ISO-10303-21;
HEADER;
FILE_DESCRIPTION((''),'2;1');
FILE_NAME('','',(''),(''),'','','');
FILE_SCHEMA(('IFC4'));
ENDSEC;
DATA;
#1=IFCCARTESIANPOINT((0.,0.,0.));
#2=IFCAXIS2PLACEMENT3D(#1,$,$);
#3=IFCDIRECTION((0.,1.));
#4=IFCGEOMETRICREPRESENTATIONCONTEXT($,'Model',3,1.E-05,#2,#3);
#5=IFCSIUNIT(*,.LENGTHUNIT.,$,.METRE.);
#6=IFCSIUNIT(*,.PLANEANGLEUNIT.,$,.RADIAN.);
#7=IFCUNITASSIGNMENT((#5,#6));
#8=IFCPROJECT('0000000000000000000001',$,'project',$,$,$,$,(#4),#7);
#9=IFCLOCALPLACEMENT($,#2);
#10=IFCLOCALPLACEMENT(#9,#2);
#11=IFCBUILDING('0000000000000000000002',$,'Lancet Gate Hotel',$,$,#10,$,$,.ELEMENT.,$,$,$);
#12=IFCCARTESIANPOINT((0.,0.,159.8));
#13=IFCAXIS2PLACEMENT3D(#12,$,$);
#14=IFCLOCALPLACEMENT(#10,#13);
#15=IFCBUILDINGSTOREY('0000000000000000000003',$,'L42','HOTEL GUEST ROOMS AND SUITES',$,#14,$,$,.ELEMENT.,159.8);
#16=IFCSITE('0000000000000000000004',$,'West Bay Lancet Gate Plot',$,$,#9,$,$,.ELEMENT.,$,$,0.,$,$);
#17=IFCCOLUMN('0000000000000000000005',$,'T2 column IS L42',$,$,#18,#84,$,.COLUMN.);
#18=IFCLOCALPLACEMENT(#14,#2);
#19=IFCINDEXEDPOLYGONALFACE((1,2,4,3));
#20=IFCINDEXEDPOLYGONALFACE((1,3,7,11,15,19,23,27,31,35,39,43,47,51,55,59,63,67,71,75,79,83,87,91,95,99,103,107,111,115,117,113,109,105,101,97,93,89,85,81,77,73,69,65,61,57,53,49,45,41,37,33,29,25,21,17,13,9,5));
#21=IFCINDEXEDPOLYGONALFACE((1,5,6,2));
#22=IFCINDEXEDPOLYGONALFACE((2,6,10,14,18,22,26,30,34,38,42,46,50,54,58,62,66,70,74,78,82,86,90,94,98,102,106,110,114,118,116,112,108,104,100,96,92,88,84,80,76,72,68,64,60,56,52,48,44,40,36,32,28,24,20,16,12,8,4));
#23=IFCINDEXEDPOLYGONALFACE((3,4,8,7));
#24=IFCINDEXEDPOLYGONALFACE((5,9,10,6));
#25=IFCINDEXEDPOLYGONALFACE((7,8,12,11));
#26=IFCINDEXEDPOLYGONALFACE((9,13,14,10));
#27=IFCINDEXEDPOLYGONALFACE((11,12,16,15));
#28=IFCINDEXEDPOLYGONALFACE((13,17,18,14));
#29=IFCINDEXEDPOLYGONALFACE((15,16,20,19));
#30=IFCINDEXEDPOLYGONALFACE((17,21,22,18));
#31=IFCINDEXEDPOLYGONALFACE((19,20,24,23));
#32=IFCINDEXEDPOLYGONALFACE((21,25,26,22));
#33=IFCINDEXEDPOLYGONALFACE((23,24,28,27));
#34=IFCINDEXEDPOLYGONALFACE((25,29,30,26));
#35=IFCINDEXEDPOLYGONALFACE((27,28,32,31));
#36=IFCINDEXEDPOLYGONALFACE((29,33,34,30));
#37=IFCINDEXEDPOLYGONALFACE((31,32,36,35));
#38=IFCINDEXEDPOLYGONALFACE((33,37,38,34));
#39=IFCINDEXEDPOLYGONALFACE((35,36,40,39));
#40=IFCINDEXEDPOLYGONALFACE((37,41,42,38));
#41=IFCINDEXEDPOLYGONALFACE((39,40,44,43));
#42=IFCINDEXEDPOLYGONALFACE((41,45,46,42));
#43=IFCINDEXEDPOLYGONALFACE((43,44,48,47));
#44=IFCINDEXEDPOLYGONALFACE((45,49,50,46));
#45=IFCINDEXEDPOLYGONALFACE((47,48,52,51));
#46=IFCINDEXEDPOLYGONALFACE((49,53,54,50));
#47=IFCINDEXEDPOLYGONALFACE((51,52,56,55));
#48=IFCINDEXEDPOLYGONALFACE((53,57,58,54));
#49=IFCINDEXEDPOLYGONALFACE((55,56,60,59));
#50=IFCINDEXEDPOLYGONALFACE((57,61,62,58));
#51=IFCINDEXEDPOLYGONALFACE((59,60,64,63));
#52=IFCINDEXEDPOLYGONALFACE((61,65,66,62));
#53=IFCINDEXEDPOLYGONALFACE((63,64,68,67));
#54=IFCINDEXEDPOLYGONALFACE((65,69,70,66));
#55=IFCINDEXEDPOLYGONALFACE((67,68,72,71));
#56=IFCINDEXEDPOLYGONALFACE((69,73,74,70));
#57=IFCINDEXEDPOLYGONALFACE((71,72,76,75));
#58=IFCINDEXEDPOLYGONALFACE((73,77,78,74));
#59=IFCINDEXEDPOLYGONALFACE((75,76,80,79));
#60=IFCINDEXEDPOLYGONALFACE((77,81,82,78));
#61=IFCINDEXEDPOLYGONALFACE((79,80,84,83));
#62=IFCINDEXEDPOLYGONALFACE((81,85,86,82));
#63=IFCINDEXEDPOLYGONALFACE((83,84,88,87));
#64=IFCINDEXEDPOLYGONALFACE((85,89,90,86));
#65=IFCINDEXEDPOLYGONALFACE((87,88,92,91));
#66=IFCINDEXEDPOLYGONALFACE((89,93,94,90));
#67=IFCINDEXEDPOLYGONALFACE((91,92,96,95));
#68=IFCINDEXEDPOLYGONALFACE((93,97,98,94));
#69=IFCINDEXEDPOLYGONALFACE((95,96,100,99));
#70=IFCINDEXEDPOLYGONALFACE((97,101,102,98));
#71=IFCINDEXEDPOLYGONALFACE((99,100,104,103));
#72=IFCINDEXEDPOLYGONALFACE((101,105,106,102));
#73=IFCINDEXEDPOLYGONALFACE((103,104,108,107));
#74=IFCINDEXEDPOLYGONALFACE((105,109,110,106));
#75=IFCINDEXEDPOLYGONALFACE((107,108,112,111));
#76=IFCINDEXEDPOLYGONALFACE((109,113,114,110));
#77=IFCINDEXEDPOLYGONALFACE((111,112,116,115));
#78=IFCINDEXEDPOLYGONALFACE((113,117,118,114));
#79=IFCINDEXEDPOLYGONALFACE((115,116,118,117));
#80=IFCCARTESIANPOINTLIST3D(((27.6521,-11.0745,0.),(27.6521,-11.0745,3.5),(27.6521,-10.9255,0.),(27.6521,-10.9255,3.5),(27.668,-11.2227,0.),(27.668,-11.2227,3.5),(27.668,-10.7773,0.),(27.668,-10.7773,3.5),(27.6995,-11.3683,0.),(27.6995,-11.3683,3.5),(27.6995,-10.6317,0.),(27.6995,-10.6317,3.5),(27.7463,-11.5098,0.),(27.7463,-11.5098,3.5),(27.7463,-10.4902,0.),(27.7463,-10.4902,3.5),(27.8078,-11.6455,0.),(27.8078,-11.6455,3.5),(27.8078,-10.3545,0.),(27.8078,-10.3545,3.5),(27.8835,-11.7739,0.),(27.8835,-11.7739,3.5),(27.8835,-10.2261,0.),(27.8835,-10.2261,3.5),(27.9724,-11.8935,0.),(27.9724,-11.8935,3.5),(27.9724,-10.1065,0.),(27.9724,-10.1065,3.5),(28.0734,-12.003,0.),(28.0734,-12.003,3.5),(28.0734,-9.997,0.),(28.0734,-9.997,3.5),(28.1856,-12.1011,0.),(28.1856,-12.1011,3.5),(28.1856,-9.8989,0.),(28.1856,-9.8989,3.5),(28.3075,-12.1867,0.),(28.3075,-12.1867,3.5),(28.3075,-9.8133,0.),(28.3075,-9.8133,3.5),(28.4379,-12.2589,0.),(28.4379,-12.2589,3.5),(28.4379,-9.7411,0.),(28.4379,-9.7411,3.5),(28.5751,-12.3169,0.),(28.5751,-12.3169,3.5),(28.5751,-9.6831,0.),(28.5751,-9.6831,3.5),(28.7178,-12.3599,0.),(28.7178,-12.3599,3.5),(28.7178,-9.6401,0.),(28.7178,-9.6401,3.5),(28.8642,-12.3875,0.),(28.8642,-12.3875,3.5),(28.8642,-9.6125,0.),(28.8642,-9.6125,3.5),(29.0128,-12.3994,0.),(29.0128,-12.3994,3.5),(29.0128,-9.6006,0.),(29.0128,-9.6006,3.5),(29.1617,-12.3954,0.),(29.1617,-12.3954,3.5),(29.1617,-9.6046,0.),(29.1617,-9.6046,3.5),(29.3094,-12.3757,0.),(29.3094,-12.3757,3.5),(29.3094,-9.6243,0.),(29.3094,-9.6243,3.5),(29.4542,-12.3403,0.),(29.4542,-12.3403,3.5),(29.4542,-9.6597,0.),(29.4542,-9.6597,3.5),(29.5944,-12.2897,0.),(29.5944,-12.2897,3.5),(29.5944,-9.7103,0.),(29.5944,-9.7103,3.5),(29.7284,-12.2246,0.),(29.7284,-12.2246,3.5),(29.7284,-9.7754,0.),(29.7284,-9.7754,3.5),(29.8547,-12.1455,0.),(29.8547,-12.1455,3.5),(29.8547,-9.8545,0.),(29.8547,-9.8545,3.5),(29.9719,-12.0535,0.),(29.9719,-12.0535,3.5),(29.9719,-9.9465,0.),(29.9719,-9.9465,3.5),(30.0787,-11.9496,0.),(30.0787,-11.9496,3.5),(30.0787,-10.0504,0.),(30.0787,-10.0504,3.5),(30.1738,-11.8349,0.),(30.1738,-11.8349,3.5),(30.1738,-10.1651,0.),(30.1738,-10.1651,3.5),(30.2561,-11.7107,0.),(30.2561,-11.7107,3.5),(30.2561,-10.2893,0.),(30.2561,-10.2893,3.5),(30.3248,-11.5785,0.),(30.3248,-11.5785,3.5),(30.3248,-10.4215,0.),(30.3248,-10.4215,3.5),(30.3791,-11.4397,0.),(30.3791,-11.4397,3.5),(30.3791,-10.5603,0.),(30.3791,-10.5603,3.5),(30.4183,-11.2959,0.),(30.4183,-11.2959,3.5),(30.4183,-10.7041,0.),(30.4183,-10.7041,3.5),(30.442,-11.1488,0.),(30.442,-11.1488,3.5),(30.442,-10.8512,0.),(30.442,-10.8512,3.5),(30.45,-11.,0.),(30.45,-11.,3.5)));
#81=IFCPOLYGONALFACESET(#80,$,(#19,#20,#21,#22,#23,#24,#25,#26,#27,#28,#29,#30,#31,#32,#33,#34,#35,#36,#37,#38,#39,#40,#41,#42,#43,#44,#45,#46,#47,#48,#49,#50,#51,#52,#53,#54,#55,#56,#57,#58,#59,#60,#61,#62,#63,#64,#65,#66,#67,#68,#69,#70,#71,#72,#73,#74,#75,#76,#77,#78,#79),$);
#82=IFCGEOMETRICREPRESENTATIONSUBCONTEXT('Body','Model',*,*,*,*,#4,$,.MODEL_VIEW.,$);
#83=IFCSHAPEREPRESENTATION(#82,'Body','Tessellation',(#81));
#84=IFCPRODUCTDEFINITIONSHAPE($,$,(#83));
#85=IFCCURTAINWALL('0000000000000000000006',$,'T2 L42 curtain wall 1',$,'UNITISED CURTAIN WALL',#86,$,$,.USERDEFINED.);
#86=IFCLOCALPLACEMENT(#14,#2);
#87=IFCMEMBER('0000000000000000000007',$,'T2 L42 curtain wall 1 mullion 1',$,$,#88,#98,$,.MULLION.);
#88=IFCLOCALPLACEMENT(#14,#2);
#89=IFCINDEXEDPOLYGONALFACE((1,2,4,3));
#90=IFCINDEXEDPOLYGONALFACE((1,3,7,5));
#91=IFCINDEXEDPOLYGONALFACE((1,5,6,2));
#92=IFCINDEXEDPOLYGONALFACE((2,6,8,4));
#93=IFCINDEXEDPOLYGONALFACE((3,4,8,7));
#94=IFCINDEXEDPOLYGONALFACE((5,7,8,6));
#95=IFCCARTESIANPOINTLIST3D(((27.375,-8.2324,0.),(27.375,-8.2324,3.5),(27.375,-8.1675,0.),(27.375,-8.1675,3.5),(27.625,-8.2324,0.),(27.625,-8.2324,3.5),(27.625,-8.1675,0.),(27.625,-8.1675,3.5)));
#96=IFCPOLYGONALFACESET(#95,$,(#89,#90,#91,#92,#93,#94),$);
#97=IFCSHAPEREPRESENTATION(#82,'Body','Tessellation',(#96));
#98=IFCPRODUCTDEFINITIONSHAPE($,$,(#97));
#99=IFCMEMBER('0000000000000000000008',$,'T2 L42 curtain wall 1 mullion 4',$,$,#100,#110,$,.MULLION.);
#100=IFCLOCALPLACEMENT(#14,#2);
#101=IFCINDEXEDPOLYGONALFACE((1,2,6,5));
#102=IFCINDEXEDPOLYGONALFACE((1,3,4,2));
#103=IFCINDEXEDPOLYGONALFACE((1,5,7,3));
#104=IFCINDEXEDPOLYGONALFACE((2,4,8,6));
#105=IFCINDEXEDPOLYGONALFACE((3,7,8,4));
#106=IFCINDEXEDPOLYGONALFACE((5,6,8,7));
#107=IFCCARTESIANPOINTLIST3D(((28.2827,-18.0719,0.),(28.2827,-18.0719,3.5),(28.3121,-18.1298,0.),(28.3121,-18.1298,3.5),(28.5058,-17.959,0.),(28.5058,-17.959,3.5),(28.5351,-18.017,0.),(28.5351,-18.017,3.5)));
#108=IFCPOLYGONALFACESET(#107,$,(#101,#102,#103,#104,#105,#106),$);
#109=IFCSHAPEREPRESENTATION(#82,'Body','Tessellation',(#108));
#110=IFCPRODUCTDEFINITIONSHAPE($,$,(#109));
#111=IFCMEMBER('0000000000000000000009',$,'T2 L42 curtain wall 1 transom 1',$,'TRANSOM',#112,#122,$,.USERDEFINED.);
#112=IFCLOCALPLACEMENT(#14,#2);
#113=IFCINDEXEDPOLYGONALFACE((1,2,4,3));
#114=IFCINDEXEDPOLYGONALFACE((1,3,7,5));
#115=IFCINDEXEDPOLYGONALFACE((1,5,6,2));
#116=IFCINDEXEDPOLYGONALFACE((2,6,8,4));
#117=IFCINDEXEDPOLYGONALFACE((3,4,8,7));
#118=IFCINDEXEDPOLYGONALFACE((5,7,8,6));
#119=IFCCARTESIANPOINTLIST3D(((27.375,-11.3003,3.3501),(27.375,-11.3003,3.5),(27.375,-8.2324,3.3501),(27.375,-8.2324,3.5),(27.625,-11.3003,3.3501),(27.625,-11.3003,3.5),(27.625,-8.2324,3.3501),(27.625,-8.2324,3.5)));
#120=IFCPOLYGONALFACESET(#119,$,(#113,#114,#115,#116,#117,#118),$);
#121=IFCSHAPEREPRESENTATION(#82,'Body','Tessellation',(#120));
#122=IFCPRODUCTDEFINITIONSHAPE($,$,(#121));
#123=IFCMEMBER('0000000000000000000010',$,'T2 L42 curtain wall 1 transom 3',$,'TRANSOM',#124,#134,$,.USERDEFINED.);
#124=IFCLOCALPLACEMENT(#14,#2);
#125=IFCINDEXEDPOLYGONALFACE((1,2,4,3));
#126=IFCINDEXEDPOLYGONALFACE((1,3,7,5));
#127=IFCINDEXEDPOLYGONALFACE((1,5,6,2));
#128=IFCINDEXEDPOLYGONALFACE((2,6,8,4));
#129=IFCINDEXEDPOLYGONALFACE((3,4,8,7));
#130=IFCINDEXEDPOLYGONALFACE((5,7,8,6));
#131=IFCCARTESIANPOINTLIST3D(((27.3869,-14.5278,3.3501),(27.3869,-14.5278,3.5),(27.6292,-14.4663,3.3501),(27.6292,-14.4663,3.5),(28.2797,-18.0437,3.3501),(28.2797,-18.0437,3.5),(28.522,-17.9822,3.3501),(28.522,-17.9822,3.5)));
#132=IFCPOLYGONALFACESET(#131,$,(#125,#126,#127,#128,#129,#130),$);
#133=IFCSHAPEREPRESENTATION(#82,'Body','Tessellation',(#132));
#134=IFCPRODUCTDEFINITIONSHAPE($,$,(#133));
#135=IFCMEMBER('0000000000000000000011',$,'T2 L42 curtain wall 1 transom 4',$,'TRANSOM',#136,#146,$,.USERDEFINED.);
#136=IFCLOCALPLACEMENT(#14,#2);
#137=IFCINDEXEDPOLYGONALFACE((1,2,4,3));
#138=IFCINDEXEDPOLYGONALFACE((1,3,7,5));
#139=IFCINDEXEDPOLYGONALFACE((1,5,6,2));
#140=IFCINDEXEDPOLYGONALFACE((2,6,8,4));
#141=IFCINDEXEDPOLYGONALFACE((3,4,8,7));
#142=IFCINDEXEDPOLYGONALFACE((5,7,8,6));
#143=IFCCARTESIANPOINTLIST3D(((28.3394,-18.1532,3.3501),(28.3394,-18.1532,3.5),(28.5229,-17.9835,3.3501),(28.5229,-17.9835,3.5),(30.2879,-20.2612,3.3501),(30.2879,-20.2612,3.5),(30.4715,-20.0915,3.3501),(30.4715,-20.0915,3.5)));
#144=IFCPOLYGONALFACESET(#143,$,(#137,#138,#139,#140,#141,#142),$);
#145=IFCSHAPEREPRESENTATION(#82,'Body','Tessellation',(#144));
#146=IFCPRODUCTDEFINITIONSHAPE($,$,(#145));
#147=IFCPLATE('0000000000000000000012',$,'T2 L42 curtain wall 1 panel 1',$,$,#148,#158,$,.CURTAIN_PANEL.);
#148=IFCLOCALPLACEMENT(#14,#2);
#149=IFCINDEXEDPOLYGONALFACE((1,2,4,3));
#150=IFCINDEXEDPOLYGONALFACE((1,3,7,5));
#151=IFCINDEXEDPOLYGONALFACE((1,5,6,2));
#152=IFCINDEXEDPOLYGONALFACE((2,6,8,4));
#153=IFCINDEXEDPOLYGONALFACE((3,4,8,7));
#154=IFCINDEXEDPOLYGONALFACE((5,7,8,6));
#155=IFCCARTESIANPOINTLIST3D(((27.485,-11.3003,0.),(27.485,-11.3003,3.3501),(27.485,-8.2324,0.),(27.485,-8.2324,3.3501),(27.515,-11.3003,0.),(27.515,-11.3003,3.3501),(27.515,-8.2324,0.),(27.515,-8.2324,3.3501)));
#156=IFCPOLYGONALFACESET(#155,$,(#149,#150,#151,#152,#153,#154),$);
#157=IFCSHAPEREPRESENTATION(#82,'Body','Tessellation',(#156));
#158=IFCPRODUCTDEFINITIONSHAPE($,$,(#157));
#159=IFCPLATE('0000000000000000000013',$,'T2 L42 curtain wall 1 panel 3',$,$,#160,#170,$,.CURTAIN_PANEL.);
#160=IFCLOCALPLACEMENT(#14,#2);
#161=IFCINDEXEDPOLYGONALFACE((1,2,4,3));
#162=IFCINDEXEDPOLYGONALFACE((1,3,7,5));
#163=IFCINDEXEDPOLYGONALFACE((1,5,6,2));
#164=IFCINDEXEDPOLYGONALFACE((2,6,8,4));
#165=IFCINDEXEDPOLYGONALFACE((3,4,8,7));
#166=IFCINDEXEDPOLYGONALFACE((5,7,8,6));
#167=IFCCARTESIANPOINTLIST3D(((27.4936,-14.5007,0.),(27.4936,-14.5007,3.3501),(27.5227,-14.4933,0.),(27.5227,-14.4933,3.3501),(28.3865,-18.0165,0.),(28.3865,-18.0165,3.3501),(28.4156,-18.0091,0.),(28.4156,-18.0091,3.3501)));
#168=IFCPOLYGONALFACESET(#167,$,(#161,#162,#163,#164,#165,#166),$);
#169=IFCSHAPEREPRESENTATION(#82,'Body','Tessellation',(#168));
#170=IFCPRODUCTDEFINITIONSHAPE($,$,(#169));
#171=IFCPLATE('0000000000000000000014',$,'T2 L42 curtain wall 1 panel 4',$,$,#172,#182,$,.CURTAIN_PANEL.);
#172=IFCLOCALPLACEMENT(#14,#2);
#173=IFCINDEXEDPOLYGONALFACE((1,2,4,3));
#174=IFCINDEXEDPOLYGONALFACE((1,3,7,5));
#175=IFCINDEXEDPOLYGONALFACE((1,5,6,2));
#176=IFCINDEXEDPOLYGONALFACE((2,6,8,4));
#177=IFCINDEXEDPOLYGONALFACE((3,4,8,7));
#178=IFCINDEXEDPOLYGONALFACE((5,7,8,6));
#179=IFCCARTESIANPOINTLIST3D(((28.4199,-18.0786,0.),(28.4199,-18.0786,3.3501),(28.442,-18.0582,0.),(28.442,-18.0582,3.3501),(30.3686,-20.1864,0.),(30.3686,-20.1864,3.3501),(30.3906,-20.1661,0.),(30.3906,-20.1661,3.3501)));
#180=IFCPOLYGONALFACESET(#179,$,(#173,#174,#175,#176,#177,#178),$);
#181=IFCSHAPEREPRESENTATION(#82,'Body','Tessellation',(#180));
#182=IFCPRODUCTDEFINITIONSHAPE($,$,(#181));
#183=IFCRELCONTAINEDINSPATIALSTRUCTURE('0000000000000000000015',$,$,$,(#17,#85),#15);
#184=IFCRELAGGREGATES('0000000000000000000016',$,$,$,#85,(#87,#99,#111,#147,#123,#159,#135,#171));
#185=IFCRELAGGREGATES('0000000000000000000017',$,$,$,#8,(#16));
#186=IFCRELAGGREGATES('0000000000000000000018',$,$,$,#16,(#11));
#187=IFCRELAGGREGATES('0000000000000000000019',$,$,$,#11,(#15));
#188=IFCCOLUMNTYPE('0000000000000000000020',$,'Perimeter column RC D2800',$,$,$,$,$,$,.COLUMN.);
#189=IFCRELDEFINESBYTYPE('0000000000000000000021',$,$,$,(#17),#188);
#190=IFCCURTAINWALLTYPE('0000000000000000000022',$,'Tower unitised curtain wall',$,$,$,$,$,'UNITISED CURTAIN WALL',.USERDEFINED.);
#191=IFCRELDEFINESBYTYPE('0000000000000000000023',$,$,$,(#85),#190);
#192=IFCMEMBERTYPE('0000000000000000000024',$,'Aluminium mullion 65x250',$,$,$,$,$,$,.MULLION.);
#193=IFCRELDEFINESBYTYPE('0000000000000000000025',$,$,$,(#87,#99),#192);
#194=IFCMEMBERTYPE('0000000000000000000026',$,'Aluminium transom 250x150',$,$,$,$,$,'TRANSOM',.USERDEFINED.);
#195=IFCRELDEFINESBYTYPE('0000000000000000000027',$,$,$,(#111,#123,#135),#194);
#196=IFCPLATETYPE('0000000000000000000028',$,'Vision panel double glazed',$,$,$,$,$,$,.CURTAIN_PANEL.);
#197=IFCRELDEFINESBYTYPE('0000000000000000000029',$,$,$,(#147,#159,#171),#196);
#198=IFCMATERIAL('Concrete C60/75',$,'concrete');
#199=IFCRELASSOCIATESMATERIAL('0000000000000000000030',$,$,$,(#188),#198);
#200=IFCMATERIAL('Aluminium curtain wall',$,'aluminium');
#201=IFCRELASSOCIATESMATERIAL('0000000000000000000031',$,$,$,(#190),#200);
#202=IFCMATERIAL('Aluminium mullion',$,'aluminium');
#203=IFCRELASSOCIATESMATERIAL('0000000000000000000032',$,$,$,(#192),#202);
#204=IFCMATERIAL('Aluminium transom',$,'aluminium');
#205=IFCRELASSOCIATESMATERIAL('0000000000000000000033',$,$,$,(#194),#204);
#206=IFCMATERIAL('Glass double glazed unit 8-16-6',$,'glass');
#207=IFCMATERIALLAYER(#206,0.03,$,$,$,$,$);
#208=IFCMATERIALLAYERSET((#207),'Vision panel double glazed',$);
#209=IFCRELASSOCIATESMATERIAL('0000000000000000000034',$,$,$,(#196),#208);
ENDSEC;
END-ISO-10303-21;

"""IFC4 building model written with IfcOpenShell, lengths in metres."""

from ifc_helpers import new_model, si_unit, direction, frame, origin, origin_2d, place, context, subcontext, project, spatial, rectangle, circle, extrude, material, layer, layer_set, material_profile, profile_set, type_object, element, aggregate, save


model = new_model("IFC4")

# Units and contexts
model_context = context("Model", 3, precision=1e-05, world=origin(), true_north=direction((0.0, 1.0)))
body_context = subcontext(model_context, "Body", "Model", "MODEL_VIEW")
ifc_project = project(units=[si_unit("LENGTHUNIT", "METRE"), si_unit("PLANEANGLEUNIT", "RADIAN")], contexts=[model_context])

# Site, building, storey
site_placement = place(None, origin())
site = spatial("IfcSite", under=ifc_project, at=site_placement, Name="West Bay Lancet Gate Plot", CompositionType="ELEMENT", RefElevation=0.0)
building_placement = place(site_placement, origin())
building = spatial("IfcBuilding", under=site, at=building_placement, Name="Lancet Gate Hotel", CompositionType="ELEMENT")
storey_placement = place(building_placement, frame((0.0, 0.0, 159.8)))
storey = spatial("IfcBuildingStorey", under=building, at=storey_placement, Name="L42", Description="HOTEL GUEST ROOMS AND SUITES", CompositionType="ELEMENT", Elevation=159.8)

# Column
ifc_material_1 = material(Name="Concrete C60/75", Category="concrete")
ifc_material_profile_1 = material_profile(ifc_material_1, circle(Radius=1.3999, at=origin_2d()), Name="RC D2800")
ifc_profile_set_1 = profile_set([ifc_material_profile_1], Name="Concrete C60/75")
column_type = type_object("IfcColumnType", Name="Perimeter column RC D2800", PredefinedType="COLUMN", material=ifc_profile_set_1)
column_placement = place(storey_placement, frame((29.05, -11.0, 0.0), z_axis=(0.0, 0.0, 1.0), x_axis=(1.0, 0.0, 0.0)))
element("IfcColumn", 1, at=column_placement, inside=storey, type_object=column_type, Name="T2 column IS L42", PredefinedType="COLUMN", context=body_context, shape_type="SweptSolid", body=[
    extrude(circle(Radius=1.3999, at=origin_2d()), origin(), (0.0, 0.0, 1.0), 3.5),
])

# Curtain wall, members, plates
ifc_material_2 = material(Name="Aluminium curtain wall", Category="aluminium")
curtain_wall_type = type_object("IfcCurtainWallType", Name="Tower unitised curtain wall", ElementType="UNITISED CURTAIN WALL", PredefinedType="USERDEFINED", material=ifc_material_2)
curtain_wall_placement = place(storey_placement, origin())
curtain_wall = element("IfcCurtainWall", 2, at=curtain_wall_placement, inside=storey, type_object=curtain_wall_type, Name="T2 L42 curtain wall 1", ObjectType="UNITISED CURTAIN WALL", PredefinedType="USERDEFINED")
ifc_material_3 = material(Name="Aluminium mullion", Category="aluminium")
ifc_material_profile_2 = material_profile(ifc_material_3, rectangle(XDim=0.0649, YDim=0.25, at=origin_2d()), Name="MULLION 65x250")
ifc_profile_set_2 = profile_set([ifc_material_profile_2], Name="Aluminium mullion")
member_type_1 = type_object("IfcMemberType", Name="Aluminium mullion 65x250", PredefinedType="MULLION", material=ifc_profile_set_2)
member_1_placement = place(storey_placement, frame((27.5, -8.2, 0.0), z_axis=(0.0, 0.0, 1.0), x_axis=(0.0, -1.0, 0.0)))
member_1 = element("IfcMember", 3, at=member_1_placement, type_object=member_type_1, Name="T2 L42 curtain wall 1 mullion 1", PredefinedType="MULLION", context=body_context, shape_type="SweptSolid", body=[
    extrude(rectangle(XDim=0.0649, YDim=0.25, at=origin_2d()), origin(), (0.0, 0.0, 1.0), 3.5),
])
member_2_placement = place(storey_placement, frame((28.4089, -18.0444, 0.0), z_axis=(0.0, 0.0, 1.0), x_axis=(0.451506, -0.892268, 0.0)))
member_2 = element("IfcMember", 4, at=member_2_placement, type_object=member_type_1, Name="T2 L42 curtain wall 1 mullion 4", PredefinedType="MULLION", context=body_context, shape_type="SweptSolid", body=[
    extrude(rectangle(XDim=0.0649, YDim=0.25, at=origin_2d()), origin(), (0.0, 0.0, 1.0), 3.5),
])
ifc_material_4 = material(Name="Aluminium transom", Category="aluminium")
ifc_material_profile_3 = material_profile(ifc_material_4, rectangle(XDim=0.25, YDim=0.1499, at=origin_2d()), Name="TRANSOM 250x150")
ifc_profile_set_3 = profile_set([ifc_material_profile_3], Name="Aluminium transom")
member_type_2 = type_object("IfcMemberType", Name="Aluminium transom 250x150", ElementType="TRANSOM", PredefinedType="USERDEFINED", material=ifc_profile_set_3)
member_3_placement = place(storey_placement, frame((27.5, -8.2324, 3.425), z_axis=(0.0, -1.0, 0.0), x_axis=(1.0, 0.0, 0.0)))
member_3 = element("IfcMember", 5, at=member_3_placement, type_object=member_type_2, Name="T2 L42 curtain wall 1 transom 1", ObjectType="TRANSOM", PredefinedType="USERDEFINED", context=body_context, shape_type="SweptSolid", body=[
    extrude(rectangle(XDim=0.25, YDim=0.1499, at=origin_2d()), origin(), (0.0, 0.0, 1.0), 3.0679),
])
member_4_placement = place(storey_placement, frame((27.5081, -14.4971, 3.425), z_axis=(0.246129, -0.969237, 0.0), x_axis=(0.969237, 0.246129, 0.0)))
member_4 = element("IfcMember", 6, at=member_4_placement, type_object=member_type_2, Name="T2 L42 curtain wall 1 transom 3", ObjectType="TRANSOM", PredefinedType="USERDEFINED", context=body_context, shape_type="SweptSolid", body=[
    extrude(rectangle(XDim=0.25, YDim=0.1499, at=origin_2d()), origin(), (0.0, 0.0, 1.0), 3.6274),
])
member_5_placement = place(storey_placement, frame((28.4312, -18.0684, 3.425), z_axis=(0.678792, -0.73433, 0.0), x_axis=(0.73433, 0.678792, 0.0)))
member_5 = element("IfcMember", 7, at=member_5_placement, type_object=member_type_2, Name="T2 L42 curtain wall 1 transom 4", ObjectType="TRANSOM", PredefinedType="USERDEFINED", context=body_context, shape_type="SweptSolid", body=[
    extrude(rectangle(XDim=0.25, YDim=0.1499, at=origin_2d()), origin(), (0.0, 0.0, 1.0), 2.8706),
])
ifc_material_5 = material(Name="Glass double glazed unit 8-16-6", Category="glass")
ifc_layer_1 = layer(ifc_material_5, 0.03)
ifc_layer_set_1 = layer_set([ifc_layer_1], Name="Vision panel double glazed")
plate_type = type_object("IfcPlateType", Name="Vision panel double glazed", PredefinedType="CURTAIN_PANEL", material=ifc_layer_set_1)
plate_1_placement = place(storey_placement, frame((27.5, -9.7664, 0.0), z_axis=(0.0, 0.0, 1.0), x_axis=(0.0, -1.0, 0.0)))
plate_1 = element("IfcPlate", 8, at=plate_1_placement, type_object=plate_type, Name="T2 L42 curtain wall 1 panel 1", PredefinedType="CURTAIN_PANEL", context=body_context, shape_type="SweptSolid", body=[
    extrude(rectangle(XDim=3.0679, YDim=0.03, at=origin_2d()), origin(), (0.0, 0.0, 1.0), 3.3501),
])
plate_2_placement = place(storey_placement, frame((27.9546, -16.2549, 0.0), z_axis=(0.0, 0.0, 1.0), x_axis=(0.246167, -0.969228, 0.0)))
plate_2 = element("IfcPlate", 9, at=plate_2_placement, type_object=plate_type, Name="T2 L42 curtain wall 1 panel 3", PredefinedType="CURTAIN_PANEL", context=body_context, shape_type="SweptSolid", body=[
    extrude(rectangle(XDim=3.6274, YDim=0.03, at=origin_2d()), origin(), (0.0, 0.0, 1.0), 3.3501),
])
plate_3_placement = place(storey_placement, frame((29.4053, -19.1223, 0.0), z_axis=(0.0, 0.0, 1.0), x_axis=(0.678831, -0.734294, 0.0)))
plate_3 = element("IfcPlate", 10, at=plate_3_placement, type_object=plate_type, Name="T2 L42 curtain wall 1 panel 4", PredefinedType="CURTAIN_PANEL", context=body_context, shape_type="SweptSolid", body=[
    extrude(rectangle(XDim=2.8706, YDim=0.03, at=origin_2d()), origin(), (0.0, 0.0, 1.0), 3.3501),
])
aggregate(curtain_wall, [member_1, member_2, member_3, plate_1, member_4, plate_2, member_5, plate_3])

save(model, "model.ifc")
